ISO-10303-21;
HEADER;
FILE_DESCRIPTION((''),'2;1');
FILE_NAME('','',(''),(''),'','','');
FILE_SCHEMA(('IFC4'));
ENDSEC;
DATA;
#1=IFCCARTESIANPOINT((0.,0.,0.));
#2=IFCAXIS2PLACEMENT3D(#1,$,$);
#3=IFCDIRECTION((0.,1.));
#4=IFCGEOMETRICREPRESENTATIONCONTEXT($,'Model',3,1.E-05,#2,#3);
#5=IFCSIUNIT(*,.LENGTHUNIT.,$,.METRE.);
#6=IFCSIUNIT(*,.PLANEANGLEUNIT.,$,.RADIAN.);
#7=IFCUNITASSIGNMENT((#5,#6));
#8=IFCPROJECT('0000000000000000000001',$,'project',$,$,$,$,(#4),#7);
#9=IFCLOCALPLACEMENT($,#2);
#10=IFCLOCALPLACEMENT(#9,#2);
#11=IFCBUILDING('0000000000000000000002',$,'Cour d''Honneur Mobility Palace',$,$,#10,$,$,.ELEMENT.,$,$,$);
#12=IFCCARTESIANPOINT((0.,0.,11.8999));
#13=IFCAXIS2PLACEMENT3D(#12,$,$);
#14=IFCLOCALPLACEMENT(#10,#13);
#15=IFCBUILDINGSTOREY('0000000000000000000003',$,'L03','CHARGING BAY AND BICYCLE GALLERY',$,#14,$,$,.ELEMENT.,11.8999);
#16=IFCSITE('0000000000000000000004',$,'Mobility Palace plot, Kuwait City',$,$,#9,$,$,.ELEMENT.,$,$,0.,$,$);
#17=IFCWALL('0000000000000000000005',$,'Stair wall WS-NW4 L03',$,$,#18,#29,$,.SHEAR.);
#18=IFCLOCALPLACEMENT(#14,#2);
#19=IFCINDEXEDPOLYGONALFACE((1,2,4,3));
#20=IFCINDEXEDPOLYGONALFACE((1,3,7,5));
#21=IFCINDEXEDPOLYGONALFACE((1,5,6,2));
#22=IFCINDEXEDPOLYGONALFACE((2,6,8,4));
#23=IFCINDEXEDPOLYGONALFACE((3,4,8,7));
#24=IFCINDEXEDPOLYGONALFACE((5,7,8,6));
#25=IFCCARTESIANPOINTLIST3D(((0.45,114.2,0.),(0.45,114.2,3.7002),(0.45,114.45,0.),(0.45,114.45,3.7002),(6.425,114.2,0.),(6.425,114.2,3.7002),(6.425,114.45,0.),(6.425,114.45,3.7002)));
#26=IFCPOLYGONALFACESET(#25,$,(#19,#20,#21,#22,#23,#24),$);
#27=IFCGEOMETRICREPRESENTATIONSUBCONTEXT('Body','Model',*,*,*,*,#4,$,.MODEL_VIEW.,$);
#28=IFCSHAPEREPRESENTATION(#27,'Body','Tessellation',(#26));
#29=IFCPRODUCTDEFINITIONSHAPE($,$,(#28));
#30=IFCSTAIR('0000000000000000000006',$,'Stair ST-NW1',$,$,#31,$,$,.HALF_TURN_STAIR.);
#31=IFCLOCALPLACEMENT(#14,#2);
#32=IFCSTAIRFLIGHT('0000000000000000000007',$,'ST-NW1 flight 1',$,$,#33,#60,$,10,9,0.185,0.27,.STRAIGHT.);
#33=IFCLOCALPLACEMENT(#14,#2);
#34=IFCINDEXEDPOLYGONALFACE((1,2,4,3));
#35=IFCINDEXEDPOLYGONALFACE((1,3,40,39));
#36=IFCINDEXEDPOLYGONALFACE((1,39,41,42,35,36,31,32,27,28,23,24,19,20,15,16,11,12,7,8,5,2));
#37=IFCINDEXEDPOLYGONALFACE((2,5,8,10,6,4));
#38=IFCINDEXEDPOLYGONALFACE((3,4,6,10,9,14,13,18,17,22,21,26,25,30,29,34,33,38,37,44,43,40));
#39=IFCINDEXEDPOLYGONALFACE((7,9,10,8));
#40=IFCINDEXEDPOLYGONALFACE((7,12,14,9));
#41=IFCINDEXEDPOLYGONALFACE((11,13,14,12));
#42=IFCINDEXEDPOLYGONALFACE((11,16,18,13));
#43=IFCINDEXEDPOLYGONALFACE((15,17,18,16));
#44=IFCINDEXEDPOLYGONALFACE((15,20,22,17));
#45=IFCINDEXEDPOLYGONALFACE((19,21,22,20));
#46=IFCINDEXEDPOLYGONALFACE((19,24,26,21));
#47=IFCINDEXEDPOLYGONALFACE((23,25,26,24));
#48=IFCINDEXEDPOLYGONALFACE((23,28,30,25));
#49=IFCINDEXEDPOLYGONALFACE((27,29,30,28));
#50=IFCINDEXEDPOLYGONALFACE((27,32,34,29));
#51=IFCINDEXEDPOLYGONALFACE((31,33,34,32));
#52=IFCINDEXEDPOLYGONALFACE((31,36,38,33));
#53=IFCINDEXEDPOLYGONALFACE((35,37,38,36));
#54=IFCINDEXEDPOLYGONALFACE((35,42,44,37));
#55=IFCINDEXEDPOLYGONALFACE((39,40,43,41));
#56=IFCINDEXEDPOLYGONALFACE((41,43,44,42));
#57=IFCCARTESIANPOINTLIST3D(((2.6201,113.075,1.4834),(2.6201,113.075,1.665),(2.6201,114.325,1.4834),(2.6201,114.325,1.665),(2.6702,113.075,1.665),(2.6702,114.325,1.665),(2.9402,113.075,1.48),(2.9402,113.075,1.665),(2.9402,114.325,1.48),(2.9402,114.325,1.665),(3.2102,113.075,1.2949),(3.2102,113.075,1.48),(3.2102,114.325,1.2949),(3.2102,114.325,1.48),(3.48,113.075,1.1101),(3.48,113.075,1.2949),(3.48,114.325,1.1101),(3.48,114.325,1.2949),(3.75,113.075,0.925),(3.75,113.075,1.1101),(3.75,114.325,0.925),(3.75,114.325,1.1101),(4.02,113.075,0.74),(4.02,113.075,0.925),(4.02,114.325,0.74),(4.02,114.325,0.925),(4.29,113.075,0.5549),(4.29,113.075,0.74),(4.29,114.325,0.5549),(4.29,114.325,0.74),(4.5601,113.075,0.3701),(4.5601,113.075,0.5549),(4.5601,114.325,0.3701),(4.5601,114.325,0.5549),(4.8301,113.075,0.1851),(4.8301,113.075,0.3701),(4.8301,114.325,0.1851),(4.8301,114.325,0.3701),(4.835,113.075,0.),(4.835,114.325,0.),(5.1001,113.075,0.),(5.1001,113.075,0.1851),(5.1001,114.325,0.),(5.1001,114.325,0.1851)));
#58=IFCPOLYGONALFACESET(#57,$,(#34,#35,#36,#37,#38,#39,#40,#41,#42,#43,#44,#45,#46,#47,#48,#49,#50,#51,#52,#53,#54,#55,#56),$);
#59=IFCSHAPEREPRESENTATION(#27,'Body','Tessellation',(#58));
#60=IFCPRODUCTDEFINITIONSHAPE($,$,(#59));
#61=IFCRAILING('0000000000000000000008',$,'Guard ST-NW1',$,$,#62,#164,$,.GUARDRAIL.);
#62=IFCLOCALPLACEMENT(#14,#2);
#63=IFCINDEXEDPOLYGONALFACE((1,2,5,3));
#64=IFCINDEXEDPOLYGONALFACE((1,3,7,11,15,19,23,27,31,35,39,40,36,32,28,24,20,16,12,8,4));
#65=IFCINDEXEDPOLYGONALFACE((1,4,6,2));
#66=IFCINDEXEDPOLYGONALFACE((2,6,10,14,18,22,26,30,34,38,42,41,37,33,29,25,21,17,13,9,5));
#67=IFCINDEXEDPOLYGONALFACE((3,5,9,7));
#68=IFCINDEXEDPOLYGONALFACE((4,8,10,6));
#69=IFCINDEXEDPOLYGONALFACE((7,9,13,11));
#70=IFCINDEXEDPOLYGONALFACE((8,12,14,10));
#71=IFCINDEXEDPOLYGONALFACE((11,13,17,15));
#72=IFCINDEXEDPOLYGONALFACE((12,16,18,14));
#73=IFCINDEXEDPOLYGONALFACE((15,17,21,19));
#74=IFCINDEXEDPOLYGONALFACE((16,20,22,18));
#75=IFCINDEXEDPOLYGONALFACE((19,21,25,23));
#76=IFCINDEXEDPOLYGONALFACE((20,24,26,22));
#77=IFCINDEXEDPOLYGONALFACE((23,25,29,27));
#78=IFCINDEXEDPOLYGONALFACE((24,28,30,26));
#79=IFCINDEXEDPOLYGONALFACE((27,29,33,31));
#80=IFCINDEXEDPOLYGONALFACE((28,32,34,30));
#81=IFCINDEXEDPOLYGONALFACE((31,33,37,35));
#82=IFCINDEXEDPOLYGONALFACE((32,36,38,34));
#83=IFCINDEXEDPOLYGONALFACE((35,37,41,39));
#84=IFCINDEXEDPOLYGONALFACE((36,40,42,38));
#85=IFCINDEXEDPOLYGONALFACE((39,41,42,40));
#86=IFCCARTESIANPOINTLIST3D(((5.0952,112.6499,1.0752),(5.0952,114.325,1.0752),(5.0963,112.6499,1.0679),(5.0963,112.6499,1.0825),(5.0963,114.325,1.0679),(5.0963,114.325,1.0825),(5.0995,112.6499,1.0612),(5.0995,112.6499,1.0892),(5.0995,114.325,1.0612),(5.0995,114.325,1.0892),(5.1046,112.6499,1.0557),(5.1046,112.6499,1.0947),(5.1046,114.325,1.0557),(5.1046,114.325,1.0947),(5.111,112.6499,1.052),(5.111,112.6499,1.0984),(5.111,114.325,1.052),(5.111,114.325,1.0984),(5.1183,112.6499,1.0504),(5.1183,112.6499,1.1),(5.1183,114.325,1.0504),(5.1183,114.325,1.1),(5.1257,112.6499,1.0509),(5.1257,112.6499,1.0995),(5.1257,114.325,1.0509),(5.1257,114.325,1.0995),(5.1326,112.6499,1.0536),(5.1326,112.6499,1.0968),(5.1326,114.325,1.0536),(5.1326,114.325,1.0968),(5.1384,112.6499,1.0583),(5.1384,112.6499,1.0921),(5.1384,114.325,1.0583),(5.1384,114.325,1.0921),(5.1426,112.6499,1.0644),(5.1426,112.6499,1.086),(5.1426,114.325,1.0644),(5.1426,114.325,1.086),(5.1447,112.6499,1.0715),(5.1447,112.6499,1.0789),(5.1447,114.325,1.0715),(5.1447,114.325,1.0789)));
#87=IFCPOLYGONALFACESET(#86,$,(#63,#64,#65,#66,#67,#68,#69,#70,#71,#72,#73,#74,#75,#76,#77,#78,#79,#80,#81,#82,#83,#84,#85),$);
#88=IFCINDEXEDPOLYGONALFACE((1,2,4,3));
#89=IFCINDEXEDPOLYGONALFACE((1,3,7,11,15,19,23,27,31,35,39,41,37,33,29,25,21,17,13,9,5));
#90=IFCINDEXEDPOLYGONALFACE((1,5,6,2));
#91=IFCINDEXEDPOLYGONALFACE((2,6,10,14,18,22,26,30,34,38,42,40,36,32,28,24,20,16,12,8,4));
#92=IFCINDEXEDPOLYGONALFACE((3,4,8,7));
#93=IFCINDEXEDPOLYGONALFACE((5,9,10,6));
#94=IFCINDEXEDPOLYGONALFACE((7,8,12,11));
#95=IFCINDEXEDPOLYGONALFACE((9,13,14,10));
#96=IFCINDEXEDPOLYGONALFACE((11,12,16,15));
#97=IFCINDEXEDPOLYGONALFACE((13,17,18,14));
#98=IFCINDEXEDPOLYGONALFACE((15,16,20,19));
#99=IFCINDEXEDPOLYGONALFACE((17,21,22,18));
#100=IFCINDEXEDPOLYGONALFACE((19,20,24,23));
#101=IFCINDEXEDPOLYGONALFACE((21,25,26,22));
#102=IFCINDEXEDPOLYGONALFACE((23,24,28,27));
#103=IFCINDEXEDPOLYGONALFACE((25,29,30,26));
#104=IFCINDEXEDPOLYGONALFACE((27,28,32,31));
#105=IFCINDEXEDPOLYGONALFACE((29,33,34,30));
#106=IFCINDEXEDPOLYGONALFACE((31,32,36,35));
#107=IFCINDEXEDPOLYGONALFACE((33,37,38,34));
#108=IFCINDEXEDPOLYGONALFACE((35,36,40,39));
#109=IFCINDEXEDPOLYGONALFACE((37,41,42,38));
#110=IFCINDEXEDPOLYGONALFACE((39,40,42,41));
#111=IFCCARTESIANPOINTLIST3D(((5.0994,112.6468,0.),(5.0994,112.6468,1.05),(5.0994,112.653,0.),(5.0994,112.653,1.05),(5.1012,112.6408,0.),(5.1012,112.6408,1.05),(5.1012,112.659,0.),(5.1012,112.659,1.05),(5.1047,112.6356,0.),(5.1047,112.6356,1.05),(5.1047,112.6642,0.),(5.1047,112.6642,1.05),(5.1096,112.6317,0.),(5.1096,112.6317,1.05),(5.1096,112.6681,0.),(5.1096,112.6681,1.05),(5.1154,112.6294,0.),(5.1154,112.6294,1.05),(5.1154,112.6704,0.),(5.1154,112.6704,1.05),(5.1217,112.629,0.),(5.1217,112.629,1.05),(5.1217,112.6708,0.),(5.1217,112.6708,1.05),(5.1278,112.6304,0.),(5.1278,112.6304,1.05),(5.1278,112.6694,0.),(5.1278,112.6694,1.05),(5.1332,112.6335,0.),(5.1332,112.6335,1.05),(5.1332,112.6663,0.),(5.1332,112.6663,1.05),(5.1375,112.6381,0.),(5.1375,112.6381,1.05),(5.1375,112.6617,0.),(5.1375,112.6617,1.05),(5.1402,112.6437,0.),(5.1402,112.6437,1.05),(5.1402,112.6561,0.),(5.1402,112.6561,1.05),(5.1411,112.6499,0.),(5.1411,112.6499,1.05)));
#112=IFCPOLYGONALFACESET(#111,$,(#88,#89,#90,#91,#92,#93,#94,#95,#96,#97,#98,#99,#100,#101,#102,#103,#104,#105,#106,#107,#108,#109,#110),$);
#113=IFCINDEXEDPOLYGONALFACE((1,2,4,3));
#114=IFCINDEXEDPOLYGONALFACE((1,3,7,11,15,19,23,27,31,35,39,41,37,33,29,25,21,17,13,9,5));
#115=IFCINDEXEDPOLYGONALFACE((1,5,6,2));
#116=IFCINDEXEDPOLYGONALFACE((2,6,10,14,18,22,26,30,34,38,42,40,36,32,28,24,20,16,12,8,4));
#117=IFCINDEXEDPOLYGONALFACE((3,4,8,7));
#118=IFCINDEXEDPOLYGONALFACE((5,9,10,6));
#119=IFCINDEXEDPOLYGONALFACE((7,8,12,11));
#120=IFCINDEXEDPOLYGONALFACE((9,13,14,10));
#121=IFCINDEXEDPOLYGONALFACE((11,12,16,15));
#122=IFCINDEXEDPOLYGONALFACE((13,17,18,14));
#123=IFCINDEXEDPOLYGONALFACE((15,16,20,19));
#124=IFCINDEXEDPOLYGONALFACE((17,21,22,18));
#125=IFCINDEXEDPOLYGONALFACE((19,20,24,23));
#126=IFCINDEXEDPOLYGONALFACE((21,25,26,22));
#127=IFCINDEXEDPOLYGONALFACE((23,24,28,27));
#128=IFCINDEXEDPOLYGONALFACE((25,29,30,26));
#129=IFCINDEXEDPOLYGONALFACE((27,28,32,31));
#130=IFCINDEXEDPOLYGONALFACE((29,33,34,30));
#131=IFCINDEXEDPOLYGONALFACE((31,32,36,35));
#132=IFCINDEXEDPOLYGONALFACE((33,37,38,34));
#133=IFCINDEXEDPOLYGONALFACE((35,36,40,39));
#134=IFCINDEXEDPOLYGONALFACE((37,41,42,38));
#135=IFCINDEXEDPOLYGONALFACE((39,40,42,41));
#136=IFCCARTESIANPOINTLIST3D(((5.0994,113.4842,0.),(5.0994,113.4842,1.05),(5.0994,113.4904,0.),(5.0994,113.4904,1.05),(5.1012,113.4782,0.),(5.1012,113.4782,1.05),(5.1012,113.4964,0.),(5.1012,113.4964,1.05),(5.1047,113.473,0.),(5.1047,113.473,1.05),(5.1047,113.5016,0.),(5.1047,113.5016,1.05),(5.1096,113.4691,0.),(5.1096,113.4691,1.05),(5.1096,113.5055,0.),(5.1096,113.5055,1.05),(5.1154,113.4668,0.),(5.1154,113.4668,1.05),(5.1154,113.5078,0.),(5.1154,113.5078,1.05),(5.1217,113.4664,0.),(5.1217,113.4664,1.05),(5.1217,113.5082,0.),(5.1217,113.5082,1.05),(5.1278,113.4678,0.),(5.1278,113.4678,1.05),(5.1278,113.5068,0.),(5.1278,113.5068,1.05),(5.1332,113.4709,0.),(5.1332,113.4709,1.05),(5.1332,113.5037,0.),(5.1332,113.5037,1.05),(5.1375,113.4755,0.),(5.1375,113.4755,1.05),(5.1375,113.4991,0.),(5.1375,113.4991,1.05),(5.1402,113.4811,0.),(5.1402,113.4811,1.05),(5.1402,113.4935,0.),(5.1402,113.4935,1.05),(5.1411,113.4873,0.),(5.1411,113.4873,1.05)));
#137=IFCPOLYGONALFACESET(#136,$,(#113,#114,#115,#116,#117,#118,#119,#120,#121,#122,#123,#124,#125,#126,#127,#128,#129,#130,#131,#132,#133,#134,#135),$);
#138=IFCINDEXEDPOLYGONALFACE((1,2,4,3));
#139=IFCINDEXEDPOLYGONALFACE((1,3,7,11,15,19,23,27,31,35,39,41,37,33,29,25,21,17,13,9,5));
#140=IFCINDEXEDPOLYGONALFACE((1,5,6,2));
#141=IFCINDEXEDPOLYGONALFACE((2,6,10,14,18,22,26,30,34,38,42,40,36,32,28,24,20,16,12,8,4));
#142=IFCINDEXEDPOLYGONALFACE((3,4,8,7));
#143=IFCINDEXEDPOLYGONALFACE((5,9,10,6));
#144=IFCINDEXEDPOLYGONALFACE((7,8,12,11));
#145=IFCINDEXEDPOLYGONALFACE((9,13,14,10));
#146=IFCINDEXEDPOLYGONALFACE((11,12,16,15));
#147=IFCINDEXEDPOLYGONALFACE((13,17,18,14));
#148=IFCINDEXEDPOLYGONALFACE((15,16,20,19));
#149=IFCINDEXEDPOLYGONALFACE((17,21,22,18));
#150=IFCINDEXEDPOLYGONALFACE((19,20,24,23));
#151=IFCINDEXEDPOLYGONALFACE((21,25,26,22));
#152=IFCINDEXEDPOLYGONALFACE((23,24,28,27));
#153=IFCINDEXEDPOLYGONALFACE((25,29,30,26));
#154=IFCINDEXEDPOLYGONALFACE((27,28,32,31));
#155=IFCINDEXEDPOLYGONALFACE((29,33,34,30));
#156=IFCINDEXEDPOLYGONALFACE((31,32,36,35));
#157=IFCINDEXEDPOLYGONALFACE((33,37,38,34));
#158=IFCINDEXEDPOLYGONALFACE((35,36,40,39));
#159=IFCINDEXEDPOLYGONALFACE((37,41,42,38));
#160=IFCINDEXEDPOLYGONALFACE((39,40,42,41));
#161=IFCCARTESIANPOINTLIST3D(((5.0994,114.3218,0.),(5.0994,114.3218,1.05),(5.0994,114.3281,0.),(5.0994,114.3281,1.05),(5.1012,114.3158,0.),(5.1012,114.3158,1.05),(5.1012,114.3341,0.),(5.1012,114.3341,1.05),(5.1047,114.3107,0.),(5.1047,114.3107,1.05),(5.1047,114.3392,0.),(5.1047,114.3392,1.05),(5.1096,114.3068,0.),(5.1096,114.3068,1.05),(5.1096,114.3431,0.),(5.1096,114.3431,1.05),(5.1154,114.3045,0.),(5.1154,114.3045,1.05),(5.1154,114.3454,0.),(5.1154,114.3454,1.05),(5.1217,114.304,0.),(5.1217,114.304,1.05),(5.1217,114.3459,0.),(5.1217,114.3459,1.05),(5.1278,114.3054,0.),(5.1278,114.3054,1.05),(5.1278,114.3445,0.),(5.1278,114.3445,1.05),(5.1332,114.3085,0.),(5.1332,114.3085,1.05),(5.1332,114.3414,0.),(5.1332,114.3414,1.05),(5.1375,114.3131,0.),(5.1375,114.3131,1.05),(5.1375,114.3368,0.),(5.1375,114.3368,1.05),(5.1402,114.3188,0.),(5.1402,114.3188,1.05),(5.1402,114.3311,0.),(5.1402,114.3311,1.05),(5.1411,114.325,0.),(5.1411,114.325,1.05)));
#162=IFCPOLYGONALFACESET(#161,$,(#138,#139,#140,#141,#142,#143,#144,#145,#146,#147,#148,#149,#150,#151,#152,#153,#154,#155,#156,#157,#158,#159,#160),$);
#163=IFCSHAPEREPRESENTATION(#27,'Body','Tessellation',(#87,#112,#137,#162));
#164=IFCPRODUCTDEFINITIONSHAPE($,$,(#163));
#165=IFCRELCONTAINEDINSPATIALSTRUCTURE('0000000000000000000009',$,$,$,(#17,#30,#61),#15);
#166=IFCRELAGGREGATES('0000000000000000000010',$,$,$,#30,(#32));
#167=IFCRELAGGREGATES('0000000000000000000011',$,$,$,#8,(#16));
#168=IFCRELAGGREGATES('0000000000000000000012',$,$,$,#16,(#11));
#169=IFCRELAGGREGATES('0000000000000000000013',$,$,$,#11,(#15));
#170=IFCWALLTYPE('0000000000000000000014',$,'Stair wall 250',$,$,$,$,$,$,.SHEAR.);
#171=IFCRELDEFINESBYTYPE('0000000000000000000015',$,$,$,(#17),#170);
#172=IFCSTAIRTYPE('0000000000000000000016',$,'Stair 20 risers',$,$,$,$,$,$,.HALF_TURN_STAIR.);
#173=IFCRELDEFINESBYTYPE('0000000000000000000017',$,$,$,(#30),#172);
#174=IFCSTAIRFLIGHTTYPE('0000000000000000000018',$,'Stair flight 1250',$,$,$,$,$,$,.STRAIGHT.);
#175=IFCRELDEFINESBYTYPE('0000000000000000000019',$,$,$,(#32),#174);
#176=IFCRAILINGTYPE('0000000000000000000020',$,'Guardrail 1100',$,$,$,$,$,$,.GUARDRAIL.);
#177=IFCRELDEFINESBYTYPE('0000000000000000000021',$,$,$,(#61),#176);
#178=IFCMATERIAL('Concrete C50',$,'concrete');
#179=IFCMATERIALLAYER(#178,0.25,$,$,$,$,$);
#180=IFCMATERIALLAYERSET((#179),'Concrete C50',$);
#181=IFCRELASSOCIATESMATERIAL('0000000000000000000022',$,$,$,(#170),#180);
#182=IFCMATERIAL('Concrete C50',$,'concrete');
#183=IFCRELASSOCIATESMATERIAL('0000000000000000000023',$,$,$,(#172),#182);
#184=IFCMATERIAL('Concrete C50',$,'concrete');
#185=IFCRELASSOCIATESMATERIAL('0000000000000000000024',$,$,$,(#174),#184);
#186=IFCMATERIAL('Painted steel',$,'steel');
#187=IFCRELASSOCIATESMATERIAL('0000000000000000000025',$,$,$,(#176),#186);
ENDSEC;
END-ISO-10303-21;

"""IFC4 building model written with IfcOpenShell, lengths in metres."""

from ifc_helpers import new_model, si_unit, direction, frame, frame_2d, origin, origin_2d, place, context, subcontext, project, spatial, polyline, rectangle, circle, outline, extrude, material, layer, layer_set, type_object, element, aggregate, save


model = new_model("IFC4")

# Units and contexts
model_context = context("Model", 3, precision=1e-05, world=origin(), true_north=direction((0.0, 1.0)))
body_context = subcontext(model_context, "Body", "Model", "MODEL_VIEW")
ifc_project = project(units=[si_unit("LENGTHUNIT", "METRE"), si_unit("PLANEANGLEUNIT", "RADIAN")], contexts=[model_context])

# Site, building, storey
site_placement = place(None, origin())
site = spatial("IfcSite", under=ifc_project, at=site_placement, Name="Mobility Palace plot, Kuwait City", CompositionType="ELEMENT", RefElevation=0.0)
building_placement = place(site_placement, origin())
building = spatial("IfcBuilding", under=site, at=building_placement, Name="Cour d'Honneur Mobility Palace", CompositionType="ELEMENT")
storey_placement = place(building_placement, frame((0.0, 0.0, 11.8999)))
storey = spatial("IfcBuildingStorey", under=building, at=storey_placement, Name="L03", Description="CHARGING BAY AND BICYCLE GALLERY", CompositionType="ELEMENT", Elevation=11.8999)

# Wall
ifc_material_1 = material(Name="Concrete C50", Category="concrete")
ifc_layer_1 = layer(ifc_material_1, 0.25)
ifc_layer_set_1 = layer_set([ifc_layer_1], Name="Concrete C50")
wall_type_1 = type_object("IfcWallType", Name="Stair wall 250", PredefinedType="SHEAR", material=ifc_layer_set_1)
wall_1_placement = place(storey_placement, frame((0.45, 114.325, 0.0), z_axis=(0.0, 0.0, 1.0), x_axis=(1.0, 0.0, 0.0)))
element("IfcWall", 1, at=wall_1_placement, inside=storey, type_object=wall_type_1, Name="Stair wall WS-NW4 L03", PredefinedType="SHEAR", context=body_context, shape_type="SweptSolid", body=[
    extrude(rectangle(XDim=5.9751, YDim=0.25, at=frame_2d((2.9875, 0.0))), origin(), (0.0, 0.0, 1.0), 3.7002),
])

# Stair, stair flight
ifc_material_2 = material(Name="Concrete C50", Category="concrete")
stair_type = type_object("IfcStairType", Name="Stair 20 risers", PredefinedType="HALF_TURN_STAIR", material=ifc_material_2)
stair_placement = place(storey_placement, origin())
stair = element("IfcStair", 2, at=stair_placement, inside=storey, type_object=stair_type, Name="Stair ST-NW1", PredefinedType="HALF_TURN_STAIR")
ifc_material_3 = material(Name="Concrete C50", Category="concrete")
stair_flight_type = type_object("IfcStairFlightType", Name="Stair flight 1250", PredefinedType="STRAIGHT", material=ifc_material_3)
stair_flight_placement = place(storey_placement, frame((5.1001, 113.7, 0.0), z_axis=(0.0, 0.0, 1.0), x_axis=(-1.0, 0.0, 0.0)))
stair_flight = element("IfcStairFlight", 3, at=stair_flight_placement, type_object=stair_flight_type, Name="ST-NW1 flight 1", NumberOfRisers=10, NumberOfTreads=9, PredefinedType="STRAIGHT", RiserHeight=0.185, TreadLength=0.27, context=body_context, shape_type="SweptSolid", body=[
    extrude(outline(polyline([(0.0, 0.0), (0.0, 0.1851), (0.27, 0.1851), (0.27, 0.3701), (0.54, 0.3701), (0.54, 0.5549), (0.8101, 0.5549), (0.8101, 0.74), (1.0801, 0.74), (1.0801, 0.925), (1.3501, 0.925), (1.3501, 1.1101), (1.6201, 1.1101), (1.6201, 1.2949), (1.8899, 1.2949), (1.8899, 1.48), (2.1599, 1.48), (2.1599, 1.665), (2.4299, 1.665), (2.48, 1.665), (2.48, 1.4834), (0.2651, 0.0), (0.0, 0.0)])), frame((0.0, 0.625, 0.0), z_axis=(0.0, -1.0, 0.0), x_axis=(1.0, 0.0, 0.0)), (0.0, 0.0, 1.0), 1.25),
])
aggregate(stair, [stair_flight])

# Railing
ifc_material_4 = material(Name="Painted steel", Category="steel")
railing_type_1 = type_object("IfcRailingType", Name="Guardrail 1100", PredefinedType="GUARDRAIL", material=ifc_material_4)
railing_1_placement = place(storey_placement, frame((5.1201, 112.6499, 0.0)))
element("IfcRailing", 4, at=railing_1_placement, inside=storey, type_object=railing_type_1, Name="Guard ST-NW1", PredefinedType="GUARDRAIL", context=body_context, shape_type="SweptSolid", body=[
    extrude(circle(Radius=0.0249, at=origin_2d()), frame((0.0, 0.0, 1.0752), z_axis=(0.0, 1.0, 0.0), x_axis=(-1.0, 0.0, 0.0)), (0.0, 0.0, 1.0), 1.675),
    extrude(circle(Radius=0.021, at=origin_2d()), origin(), (0.0, 0.0, 1.0), 1.05),
    extrude(circle(Radius=0.021, at=origin_2d()), frame((0.0, 0.8374, 0.0)), (0.0, 0.0, 1.0), 1.05),
    extrude(circle(Radius=0.021, at=origin_2d()), frame((0.0, 1.675, 0.0)), (0.0, 0.0, 1.0), 1.05),
])

save(model, "model.ifc")
